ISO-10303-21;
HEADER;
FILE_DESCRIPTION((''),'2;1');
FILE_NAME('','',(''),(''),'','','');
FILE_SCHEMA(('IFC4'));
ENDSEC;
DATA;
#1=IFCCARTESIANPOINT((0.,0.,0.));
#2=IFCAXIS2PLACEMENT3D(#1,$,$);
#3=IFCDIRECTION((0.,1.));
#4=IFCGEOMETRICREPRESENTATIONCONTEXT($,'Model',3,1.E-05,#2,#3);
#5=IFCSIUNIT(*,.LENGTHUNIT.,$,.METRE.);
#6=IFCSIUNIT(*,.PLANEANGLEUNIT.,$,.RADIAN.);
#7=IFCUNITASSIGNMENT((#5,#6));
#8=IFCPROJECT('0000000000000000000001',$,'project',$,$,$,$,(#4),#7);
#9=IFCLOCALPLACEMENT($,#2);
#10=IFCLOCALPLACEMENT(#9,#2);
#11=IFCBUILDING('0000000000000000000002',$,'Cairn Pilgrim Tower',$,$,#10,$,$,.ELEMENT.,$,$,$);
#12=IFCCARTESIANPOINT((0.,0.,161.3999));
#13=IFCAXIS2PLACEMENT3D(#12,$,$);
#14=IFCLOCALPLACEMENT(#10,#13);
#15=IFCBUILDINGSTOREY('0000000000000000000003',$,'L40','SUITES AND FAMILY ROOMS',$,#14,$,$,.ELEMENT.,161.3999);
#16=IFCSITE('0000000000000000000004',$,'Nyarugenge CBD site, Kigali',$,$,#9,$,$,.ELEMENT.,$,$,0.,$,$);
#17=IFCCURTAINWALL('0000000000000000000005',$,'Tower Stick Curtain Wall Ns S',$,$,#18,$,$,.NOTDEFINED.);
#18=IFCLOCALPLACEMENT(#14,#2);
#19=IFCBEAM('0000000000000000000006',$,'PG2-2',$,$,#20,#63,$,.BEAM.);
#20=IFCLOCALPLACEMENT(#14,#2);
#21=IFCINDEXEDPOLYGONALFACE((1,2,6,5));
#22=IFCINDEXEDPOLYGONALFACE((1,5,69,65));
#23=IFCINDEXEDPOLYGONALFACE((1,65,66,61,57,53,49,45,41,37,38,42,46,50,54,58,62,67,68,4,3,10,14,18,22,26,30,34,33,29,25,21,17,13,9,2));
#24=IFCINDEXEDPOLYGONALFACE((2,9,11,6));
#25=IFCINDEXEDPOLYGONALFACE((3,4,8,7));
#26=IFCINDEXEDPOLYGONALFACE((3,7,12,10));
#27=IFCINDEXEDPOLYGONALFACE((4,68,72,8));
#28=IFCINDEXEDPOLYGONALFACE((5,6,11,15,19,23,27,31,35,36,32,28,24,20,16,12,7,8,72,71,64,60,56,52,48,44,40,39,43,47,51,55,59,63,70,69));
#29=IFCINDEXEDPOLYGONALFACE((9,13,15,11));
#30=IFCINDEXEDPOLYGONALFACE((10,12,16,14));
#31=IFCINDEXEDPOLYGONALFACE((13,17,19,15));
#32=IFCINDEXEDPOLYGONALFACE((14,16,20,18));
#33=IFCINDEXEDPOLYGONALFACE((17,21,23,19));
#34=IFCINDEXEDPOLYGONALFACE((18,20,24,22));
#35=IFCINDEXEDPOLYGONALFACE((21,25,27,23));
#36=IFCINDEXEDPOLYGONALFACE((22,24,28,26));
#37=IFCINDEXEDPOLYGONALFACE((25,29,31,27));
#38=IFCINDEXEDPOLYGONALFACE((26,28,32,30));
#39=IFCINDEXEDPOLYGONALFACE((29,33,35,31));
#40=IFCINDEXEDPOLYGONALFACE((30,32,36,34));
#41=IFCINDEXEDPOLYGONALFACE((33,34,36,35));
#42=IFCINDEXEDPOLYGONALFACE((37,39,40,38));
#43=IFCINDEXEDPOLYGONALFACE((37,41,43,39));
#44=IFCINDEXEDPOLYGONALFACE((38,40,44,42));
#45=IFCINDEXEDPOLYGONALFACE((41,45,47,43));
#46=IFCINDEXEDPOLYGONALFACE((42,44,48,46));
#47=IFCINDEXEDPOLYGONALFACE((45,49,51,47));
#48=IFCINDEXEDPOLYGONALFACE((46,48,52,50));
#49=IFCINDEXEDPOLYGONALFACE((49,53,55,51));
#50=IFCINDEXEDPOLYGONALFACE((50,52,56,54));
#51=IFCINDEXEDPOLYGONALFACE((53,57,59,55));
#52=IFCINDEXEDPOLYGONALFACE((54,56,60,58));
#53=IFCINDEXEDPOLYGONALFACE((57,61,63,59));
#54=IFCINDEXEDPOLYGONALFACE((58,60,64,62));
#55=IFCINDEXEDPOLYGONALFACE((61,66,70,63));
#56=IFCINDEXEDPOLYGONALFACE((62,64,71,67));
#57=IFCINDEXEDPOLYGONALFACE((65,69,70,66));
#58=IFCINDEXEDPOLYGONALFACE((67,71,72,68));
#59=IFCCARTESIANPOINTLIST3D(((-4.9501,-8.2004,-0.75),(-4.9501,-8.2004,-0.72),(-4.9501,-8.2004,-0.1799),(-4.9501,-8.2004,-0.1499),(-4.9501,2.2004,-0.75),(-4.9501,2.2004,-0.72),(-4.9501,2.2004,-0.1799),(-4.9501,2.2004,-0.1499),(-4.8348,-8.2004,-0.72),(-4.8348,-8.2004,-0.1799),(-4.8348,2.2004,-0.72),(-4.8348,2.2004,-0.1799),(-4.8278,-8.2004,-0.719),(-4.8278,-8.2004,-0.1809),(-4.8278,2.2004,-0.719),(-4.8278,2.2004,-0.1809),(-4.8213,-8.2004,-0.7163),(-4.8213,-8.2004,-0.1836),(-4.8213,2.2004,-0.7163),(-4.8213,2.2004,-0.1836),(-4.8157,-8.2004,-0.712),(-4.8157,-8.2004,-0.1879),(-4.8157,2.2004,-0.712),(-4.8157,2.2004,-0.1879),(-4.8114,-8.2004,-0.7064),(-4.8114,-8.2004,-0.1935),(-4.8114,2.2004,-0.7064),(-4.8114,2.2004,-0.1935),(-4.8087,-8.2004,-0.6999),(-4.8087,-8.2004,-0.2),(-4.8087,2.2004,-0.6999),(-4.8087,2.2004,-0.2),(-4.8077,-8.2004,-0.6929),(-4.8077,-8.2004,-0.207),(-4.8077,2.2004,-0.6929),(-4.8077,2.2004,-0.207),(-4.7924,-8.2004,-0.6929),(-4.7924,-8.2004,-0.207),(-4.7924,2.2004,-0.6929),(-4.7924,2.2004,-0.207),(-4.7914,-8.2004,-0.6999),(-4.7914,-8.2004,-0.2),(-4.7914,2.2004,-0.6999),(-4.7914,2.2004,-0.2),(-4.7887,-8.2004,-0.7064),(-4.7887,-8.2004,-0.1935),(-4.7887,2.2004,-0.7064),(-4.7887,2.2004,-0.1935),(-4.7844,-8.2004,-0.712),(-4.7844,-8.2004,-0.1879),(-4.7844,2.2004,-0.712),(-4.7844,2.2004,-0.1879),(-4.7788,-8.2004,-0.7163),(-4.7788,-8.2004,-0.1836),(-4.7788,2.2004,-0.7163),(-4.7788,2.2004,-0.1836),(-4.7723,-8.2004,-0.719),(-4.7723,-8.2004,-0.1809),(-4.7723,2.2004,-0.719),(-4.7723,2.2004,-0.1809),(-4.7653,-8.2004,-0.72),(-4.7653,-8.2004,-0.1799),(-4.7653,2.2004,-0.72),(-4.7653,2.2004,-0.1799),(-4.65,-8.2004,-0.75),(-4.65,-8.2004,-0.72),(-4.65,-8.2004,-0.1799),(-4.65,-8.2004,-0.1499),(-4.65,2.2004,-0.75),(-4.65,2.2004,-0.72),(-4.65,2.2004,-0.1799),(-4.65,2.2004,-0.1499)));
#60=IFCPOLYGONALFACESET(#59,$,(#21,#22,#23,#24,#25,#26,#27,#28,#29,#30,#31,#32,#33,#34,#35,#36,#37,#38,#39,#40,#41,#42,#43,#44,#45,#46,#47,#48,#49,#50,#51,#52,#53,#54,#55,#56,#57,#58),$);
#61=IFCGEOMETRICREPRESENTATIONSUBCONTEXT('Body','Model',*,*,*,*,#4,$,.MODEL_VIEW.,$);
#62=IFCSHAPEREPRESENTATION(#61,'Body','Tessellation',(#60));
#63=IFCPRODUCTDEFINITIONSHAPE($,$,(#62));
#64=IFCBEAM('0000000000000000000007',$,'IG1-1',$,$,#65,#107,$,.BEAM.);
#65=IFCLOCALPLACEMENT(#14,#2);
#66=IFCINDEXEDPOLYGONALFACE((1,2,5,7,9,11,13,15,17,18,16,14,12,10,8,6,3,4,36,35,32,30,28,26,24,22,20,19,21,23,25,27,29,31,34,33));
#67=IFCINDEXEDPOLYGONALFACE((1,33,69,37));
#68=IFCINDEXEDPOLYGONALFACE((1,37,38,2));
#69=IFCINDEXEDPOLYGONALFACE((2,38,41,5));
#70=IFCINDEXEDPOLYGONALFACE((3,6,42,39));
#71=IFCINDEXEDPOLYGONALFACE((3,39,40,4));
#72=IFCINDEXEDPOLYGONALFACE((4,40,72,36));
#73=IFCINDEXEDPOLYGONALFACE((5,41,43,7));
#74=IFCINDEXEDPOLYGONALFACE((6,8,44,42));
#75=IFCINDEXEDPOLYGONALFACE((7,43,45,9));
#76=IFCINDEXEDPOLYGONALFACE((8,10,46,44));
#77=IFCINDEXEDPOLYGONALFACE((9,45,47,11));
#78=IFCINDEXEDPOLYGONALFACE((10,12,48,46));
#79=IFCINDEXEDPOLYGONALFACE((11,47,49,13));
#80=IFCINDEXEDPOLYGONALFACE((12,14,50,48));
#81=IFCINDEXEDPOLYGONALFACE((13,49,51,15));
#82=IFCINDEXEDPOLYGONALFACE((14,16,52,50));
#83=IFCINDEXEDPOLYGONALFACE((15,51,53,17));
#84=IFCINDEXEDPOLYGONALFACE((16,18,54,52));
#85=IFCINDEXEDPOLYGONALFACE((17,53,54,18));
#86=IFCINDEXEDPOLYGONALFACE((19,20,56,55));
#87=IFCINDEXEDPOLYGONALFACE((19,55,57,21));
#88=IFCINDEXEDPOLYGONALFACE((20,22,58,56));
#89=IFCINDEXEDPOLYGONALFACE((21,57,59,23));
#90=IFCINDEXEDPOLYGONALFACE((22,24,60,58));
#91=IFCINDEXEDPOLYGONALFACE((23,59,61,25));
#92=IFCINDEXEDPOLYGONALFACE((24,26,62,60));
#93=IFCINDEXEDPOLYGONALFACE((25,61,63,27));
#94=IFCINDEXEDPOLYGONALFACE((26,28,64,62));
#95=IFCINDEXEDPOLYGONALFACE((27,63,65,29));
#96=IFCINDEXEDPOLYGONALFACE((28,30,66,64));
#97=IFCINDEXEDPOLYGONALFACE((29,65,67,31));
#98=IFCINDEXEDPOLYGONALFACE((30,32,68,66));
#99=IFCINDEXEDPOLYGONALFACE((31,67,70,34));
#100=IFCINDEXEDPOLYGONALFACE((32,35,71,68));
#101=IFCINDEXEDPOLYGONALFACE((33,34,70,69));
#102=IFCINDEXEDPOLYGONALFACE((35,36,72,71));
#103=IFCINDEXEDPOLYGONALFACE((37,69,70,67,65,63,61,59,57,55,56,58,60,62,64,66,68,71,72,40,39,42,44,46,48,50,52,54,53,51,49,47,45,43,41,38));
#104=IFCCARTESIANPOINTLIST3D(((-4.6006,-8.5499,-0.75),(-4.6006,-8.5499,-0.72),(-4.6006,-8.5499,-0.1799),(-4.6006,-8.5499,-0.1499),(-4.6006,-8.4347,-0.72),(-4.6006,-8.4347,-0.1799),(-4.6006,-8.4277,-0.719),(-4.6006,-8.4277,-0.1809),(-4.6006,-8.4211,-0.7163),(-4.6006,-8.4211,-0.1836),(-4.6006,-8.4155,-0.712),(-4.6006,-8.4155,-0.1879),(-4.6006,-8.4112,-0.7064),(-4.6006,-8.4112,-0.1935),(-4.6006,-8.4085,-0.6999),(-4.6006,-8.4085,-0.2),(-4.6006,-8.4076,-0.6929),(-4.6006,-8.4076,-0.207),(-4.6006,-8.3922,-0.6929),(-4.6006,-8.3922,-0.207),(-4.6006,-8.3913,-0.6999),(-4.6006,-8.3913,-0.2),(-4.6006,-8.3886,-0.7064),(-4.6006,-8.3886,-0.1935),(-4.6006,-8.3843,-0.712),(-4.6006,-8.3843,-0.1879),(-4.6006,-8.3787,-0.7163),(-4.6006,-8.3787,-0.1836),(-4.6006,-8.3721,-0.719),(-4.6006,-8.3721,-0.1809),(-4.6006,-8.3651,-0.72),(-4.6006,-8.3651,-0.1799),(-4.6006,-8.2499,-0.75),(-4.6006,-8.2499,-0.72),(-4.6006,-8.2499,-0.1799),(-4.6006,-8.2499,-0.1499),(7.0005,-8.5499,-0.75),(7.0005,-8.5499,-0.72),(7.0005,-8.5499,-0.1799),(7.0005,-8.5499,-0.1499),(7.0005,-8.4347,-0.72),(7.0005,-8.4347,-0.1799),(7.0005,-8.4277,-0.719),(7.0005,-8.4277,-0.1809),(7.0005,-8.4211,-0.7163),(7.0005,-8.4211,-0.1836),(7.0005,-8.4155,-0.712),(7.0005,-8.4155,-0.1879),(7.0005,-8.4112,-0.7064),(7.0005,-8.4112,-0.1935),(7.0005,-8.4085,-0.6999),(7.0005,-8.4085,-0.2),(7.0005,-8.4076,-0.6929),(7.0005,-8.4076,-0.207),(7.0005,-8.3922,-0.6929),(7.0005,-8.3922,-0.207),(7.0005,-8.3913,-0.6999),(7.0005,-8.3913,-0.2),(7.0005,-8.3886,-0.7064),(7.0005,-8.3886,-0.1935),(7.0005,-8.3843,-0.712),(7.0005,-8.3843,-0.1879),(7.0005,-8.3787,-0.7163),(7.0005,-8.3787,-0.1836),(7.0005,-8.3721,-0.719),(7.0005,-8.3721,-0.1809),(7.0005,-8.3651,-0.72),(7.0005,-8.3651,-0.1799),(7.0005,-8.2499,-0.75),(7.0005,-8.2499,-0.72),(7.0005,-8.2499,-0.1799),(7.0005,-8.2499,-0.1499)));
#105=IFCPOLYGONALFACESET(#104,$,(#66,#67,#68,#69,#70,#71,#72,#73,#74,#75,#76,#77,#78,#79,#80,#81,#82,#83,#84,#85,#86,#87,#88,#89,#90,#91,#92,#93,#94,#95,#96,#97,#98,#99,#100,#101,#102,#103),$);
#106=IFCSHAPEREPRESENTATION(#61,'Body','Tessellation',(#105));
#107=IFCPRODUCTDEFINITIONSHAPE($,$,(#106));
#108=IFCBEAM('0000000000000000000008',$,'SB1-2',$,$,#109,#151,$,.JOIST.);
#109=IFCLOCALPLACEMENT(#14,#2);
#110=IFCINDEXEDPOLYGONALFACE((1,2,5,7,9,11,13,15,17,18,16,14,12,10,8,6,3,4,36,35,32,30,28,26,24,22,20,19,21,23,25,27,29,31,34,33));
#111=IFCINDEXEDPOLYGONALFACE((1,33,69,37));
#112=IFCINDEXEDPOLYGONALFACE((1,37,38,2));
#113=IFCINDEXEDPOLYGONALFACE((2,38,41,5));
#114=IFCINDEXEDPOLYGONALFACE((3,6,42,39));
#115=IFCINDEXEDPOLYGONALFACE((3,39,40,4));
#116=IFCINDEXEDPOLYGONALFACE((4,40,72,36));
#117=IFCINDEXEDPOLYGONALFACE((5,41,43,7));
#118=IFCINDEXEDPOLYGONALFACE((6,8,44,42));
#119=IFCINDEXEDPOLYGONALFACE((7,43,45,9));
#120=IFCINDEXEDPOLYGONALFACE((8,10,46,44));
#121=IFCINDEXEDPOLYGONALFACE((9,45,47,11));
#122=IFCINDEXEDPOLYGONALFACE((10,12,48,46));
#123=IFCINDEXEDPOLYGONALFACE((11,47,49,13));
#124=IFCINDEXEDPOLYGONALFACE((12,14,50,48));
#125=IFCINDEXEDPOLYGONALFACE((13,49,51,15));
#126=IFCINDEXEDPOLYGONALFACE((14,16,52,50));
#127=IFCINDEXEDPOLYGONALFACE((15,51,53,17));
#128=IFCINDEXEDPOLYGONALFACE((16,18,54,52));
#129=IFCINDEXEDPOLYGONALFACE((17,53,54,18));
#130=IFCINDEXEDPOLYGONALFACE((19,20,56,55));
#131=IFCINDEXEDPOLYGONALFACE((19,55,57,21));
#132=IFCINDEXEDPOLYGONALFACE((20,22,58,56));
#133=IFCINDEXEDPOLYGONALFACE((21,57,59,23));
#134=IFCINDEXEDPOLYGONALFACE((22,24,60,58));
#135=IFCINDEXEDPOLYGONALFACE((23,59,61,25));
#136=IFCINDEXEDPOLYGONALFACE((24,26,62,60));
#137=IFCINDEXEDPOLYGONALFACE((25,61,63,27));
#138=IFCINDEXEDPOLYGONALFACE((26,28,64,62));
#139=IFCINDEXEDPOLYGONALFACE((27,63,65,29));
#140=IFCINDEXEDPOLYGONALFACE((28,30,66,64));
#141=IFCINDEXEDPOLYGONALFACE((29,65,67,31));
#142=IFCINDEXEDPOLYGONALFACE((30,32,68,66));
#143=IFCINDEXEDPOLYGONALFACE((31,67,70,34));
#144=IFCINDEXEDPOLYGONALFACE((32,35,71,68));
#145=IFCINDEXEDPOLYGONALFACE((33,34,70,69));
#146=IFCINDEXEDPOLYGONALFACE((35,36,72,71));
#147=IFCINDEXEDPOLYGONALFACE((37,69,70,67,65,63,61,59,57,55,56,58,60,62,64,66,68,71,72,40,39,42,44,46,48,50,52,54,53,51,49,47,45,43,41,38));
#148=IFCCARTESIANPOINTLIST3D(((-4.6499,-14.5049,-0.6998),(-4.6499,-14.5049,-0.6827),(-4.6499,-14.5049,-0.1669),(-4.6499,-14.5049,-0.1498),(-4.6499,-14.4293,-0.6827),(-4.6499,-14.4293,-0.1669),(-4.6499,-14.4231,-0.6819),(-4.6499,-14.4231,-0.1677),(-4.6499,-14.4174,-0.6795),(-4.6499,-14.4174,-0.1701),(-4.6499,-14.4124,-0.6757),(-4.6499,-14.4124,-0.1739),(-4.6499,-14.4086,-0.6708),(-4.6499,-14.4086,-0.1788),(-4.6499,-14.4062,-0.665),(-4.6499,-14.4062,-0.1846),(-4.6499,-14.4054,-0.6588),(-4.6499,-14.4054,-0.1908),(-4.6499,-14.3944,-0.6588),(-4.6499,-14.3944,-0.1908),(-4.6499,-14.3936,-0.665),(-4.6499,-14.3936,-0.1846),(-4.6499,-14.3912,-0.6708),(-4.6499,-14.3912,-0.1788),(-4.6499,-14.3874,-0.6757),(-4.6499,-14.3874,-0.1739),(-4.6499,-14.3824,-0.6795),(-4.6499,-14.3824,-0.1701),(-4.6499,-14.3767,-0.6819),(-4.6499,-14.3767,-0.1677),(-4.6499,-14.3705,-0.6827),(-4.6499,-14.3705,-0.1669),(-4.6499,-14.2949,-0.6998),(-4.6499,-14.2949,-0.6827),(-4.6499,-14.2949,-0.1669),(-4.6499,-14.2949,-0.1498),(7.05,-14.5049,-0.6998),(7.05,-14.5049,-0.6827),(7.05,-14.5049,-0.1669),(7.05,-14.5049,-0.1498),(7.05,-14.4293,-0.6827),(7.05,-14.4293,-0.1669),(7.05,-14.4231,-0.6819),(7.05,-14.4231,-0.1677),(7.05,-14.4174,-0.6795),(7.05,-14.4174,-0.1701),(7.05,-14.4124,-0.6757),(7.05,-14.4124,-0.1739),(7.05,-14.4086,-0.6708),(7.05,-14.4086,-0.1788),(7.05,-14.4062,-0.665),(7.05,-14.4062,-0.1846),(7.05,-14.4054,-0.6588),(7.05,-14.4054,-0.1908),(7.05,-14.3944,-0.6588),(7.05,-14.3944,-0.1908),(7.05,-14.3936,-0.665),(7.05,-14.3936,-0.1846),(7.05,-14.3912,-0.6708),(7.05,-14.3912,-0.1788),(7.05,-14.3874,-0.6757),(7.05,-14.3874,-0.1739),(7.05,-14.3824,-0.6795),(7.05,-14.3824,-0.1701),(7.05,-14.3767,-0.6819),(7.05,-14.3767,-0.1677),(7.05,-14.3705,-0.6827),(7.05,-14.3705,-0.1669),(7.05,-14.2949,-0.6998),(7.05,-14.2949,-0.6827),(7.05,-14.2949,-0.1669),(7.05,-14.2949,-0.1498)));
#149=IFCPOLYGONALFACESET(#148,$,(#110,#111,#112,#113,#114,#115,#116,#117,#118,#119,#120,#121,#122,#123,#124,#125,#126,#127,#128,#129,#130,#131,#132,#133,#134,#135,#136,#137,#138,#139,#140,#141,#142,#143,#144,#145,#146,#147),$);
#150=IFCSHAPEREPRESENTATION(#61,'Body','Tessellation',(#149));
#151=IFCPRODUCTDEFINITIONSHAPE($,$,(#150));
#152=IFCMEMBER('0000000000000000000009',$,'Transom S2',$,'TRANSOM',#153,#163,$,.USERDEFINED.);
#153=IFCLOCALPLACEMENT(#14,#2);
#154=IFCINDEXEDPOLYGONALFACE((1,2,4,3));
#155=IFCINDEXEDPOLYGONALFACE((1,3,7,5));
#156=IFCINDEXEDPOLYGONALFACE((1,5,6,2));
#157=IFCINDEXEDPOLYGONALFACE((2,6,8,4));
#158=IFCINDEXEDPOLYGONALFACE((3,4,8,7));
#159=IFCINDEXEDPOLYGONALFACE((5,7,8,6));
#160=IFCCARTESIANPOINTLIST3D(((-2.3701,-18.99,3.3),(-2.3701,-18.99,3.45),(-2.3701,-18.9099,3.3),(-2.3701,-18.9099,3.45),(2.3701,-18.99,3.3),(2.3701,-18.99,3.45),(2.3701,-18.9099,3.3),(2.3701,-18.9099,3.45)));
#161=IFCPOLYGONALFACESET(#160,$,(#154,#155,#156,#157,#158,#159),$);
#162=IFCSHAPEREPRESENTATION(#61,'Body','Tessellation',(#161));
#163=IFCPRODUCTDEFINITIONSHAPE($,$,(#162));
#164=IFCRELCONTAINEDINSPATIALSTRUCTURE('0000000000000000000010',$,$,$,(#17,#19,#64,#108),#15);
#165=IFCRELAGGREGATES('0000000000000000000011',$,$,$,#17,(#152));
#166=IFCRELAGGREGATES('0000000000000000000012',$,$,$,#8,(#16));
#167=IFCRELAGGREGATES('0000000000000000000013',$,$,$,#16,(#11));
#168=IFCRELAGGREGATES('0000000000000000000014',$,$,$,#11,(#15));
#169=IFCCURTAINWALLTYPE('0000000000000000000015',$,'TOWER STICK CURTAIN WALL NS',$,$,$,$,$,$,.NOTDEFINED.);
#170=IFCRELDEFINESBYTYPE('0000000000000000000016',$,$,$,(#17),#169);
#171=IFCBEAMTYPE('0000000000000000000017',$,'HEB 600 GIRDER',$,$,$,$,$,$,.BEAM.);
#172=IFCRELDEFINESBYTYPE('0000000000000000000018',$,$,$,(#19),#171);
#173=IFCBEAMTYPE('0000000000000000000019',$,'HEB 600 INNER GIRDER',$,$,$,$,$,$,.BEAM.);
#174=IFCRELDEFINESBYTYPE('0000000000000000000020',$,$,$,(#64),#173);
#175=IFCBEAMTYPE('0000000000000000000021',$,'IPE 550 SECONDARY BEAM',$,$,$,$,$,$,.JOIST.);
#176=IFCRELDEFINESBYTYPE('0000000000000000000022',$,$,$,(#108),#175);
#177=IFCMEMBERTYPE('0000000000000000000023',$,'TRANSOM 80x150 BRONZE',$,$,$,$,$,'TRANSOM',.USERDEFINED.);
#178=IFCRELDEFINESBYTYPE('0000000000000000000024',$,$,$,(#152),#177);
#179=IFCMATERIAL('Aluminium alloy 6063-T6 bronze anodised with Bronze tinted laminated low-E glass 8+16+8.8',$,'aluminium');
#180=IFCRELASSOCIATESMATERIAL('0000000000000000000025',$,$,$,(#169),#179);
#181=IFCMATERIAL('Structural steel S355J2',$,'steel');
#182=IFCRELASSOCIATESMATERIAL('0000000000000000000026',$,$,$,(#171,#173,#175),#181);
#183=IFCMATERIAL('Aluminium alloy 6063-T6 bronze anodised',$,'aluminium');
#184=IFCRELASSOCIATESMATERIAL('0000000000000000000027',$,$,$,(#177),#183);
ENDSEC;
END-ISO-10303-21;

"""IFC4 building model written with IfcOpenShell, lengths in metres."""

from ifc_helpers import new_model, si_unit, direction, frame, origin, origin_2d, place, context, subcontext, project, spatial, rectangle, i_section, extrude, material, material_profile, profile_set, type_object, element, aggregate, save


model = new_model("IFC4")

# Units and contexts
model_context = context("Model", 3, precision=1e-05, world=origin(), true_north=direction((0.0, 1.0)))
body_context = subcontext(model_context, "Body", "Model", "MODEL_VIEW")
ifc_project = project(units=[si_unit("LENGTHUNIT", "METRE"), si_unit("PLANEANGLEUNIT", "RADIAN")], contexts=[model_context])

# Site, building, storey
site_placement = place(None, origin())
site = spatial("IfcSite", under=ifc_project, at=site_placement, Name="Nyarugenge CBD site, Kigali", CompositionType="ELEMENT", RefElevation=0.0)
building_placement = place(site_placement, origin())
building = spatial("IfcBuilding", under=site, at=building_placement, Name="Cairn Pilgrim Tower", CompositionType="ELEMENT")
storey_placement = place(building_placement, frame((0.0, 0.0, 161.3999)))
storey = spatial("IfcBuildingStorey", under=building, at=storey_placement, Name="L40", Description="SUITES AND FAMILY ROOMS", CompositionType="ELEMENT", Elevation=161.3999)

# Shared definitions
ifc_material_1 = material(Name="Structural steel S355J2", Category="steel")

# Curtain wall
ifc_material_2 = material(Name="Aluminium alloy 6063-T6 bronze anodised with Bronze tinted laminated low-E glass 8+16+8.8", Category="aluminium")
curtain_wall_type = type_object("IfcCurtainWallType", Name="TOWER STICK CURTAIN WALL NS", PredefinedType="NOTDEFINED", material=ifc_material_2)
curtain_wall_placement = place(storey_placement, origin())
curtain_wall = element("IfcCurtainWall", 1, at=curtain_wall_placement, inside=storey, type_object=curtain_wall_type, Name="Tower Stick Curtain Wall Ns S", PredefinedType="NOTDEFINED")
ifc_material_3 = material(Name="Aluminium alloy 6063-T6 bronze anodised", Category="aluminium")

# Beams
ifc_material_profile_1 = material_profile(ifc_material_1, i_section(OverallWidth=0.3, OverallDepth=0.6001, WebThickness=0.0154, FlangeThickness=0.03, FilletRadius=0.0271, at=origin_2d()), Name="HEB 600")
ifc_profile_set_1 = profile_set([ifc_material_profile_1], Name="Structural steel S355J2")
beam_type_1 = type_object("IfcBeamType", Name="HEB 600 GIRDER", PredefinedType="BEAM", material=ifc_profile_set_1)
beam_1_placement = place(storey_placement, frame((-4.8, -8.2004, -0.45), z_axis=(0.0, 1.0, 0.0), x_axis=(-1.0, 0.0, 0.0)))
element("IfcBeam", 2, at=beam_1_placement, inside=storey, type_object=beam_type_1, Name="PG2-2", PredefinedType="BEAM", context=body_context, shape_type="SweptSolid", body=[
    extrude(i_section(OverallWidth=0.3, OverallDepth=0.6001, WebThickness=0.0154, FlangeThickness=0.03, FilletRadius=0.0271, at=origin_2d()), origin(), (0.0, 0.0, 1.0), 10.4009),
])
ifc_material_profile_2 = material_profile(ifc_material_1, i_section(OverallWidth=0.3, OverallDepth=0.6001, WebThickness=0.0154, FlangeThickness=0.03, FilletRadius=0.0271, at=origin_2d()), Name="HEB 600")
ifc_profile_set_2 = profile_set([ifc_material_profile_2], Name="Structural steel S355J2")
beam_type_2 = type_object("IfcBeamType", Name="HEB 600 INNER GIRDER", PredefinedType="BEAM", material=ifc_profile_set_2)
beam_2_placement = place(storey_placement, frame((-4.6006, -8.3999, -0.45), z_axis=(1.0, 0.0, 0.0), x_axis=(0.0, 1.0, 0.0)))
element("IfcBeam", 3, at=beam_2_placement, inside=storey, type_object=beam_type_2, Name="IG1-1", PredefinedType="BEAM", context=body_context, shape_type="SweptSolid", body=[
    extrude(i_section(OverallWidth=0.3, OverallDepth=0.6001, WebThickness=0.0154, FlangeThickness=0.03, FilletRadius=0.0271, at=origin_2d()), origin(), (0.0, 0.0, 1.0), 11.6011),
])
ifc_material_profile_3 = material_profile(ifc_material_1, i_section(OverallWidth=0.21, OverallDepth=0.55, WebThickness=0.011, FlangeThickness=0.0171, FilletRadius=0.0239, at=origin_2d()), Name="IPE 550")
ifc_profile_set_3 = profile_set([ifc_material_profile_3], Name="Structural steel S355J2")
beam_type_3 = type_object("IfcBeamType", Name="IPE 550 SECONDARY BEAM", PredefinedType="JOIST", material=ifc_profile_set_3)
beam_3_placement = place(storey_placement, frame((-4.6499, -14.3999, -0.4248), z_axis=(1.0, 0.0, 0.0), x_axis=(0.0, 1.0, 0.0)))
element("IfcBeam", 4, at=beam_3_placement, inside=storey, type_object=beam_type_3, Name="SB1-2", PredefinedType="JOIST", context=body_context, shape_type="SweptSolid", body=[
    extrude(i_section(OverallWidth=0.21, OverallDepth=0.55, WebThickness=0.011, FlangeThickness=0.0171, FilletRadius=0.0239, at=origin_2d()), origin(), (0.0, 0.0, 1.0), 11.7),
])

# Member
ifc_material_profile_4 = material_profile(ifc_material_3, rectangle(XDim=0.0801, YDim=0.1499, at=origin_2d()), Name="TRANSOM 80x150 BRONZE")
ifc_profile_set_4 = profile_set([ifc_material_profile_4], Name="Aluminium alloy 6063-T6 bronze anodised")
member_type_1 = type_object("IfcMemberType", Name="TRANSOM 80x150 BRONZE", ElementType="TRANSOM", PredefinedType="USERDEFINED", material=ifc_profile_set_4)
member_1_placement = place(storey_placement, frame((-2.3701, -18.95, 3.375), z_axis=(1.0, 0.0, 0.0), x_axis=(0.0, 1.0, 0.0)))
member_1 = element("IfcMember", 5, at=member_1_placement, type_object=member_type_1, Name="Transom S2", ObjectType="TRANSOM", PredefinedType="USERDEFINED", context=body_context, shape_type="SweptSolid", body=[
    extrude(rectangle(XDim=0.0801, YDim=0.1499, at=origin_2d()), origin(), (0.0, 0.0, 1.0), 4.7402),
])
aggregate(curtain_wall, [member_1])

save(model, "model.ifc")
